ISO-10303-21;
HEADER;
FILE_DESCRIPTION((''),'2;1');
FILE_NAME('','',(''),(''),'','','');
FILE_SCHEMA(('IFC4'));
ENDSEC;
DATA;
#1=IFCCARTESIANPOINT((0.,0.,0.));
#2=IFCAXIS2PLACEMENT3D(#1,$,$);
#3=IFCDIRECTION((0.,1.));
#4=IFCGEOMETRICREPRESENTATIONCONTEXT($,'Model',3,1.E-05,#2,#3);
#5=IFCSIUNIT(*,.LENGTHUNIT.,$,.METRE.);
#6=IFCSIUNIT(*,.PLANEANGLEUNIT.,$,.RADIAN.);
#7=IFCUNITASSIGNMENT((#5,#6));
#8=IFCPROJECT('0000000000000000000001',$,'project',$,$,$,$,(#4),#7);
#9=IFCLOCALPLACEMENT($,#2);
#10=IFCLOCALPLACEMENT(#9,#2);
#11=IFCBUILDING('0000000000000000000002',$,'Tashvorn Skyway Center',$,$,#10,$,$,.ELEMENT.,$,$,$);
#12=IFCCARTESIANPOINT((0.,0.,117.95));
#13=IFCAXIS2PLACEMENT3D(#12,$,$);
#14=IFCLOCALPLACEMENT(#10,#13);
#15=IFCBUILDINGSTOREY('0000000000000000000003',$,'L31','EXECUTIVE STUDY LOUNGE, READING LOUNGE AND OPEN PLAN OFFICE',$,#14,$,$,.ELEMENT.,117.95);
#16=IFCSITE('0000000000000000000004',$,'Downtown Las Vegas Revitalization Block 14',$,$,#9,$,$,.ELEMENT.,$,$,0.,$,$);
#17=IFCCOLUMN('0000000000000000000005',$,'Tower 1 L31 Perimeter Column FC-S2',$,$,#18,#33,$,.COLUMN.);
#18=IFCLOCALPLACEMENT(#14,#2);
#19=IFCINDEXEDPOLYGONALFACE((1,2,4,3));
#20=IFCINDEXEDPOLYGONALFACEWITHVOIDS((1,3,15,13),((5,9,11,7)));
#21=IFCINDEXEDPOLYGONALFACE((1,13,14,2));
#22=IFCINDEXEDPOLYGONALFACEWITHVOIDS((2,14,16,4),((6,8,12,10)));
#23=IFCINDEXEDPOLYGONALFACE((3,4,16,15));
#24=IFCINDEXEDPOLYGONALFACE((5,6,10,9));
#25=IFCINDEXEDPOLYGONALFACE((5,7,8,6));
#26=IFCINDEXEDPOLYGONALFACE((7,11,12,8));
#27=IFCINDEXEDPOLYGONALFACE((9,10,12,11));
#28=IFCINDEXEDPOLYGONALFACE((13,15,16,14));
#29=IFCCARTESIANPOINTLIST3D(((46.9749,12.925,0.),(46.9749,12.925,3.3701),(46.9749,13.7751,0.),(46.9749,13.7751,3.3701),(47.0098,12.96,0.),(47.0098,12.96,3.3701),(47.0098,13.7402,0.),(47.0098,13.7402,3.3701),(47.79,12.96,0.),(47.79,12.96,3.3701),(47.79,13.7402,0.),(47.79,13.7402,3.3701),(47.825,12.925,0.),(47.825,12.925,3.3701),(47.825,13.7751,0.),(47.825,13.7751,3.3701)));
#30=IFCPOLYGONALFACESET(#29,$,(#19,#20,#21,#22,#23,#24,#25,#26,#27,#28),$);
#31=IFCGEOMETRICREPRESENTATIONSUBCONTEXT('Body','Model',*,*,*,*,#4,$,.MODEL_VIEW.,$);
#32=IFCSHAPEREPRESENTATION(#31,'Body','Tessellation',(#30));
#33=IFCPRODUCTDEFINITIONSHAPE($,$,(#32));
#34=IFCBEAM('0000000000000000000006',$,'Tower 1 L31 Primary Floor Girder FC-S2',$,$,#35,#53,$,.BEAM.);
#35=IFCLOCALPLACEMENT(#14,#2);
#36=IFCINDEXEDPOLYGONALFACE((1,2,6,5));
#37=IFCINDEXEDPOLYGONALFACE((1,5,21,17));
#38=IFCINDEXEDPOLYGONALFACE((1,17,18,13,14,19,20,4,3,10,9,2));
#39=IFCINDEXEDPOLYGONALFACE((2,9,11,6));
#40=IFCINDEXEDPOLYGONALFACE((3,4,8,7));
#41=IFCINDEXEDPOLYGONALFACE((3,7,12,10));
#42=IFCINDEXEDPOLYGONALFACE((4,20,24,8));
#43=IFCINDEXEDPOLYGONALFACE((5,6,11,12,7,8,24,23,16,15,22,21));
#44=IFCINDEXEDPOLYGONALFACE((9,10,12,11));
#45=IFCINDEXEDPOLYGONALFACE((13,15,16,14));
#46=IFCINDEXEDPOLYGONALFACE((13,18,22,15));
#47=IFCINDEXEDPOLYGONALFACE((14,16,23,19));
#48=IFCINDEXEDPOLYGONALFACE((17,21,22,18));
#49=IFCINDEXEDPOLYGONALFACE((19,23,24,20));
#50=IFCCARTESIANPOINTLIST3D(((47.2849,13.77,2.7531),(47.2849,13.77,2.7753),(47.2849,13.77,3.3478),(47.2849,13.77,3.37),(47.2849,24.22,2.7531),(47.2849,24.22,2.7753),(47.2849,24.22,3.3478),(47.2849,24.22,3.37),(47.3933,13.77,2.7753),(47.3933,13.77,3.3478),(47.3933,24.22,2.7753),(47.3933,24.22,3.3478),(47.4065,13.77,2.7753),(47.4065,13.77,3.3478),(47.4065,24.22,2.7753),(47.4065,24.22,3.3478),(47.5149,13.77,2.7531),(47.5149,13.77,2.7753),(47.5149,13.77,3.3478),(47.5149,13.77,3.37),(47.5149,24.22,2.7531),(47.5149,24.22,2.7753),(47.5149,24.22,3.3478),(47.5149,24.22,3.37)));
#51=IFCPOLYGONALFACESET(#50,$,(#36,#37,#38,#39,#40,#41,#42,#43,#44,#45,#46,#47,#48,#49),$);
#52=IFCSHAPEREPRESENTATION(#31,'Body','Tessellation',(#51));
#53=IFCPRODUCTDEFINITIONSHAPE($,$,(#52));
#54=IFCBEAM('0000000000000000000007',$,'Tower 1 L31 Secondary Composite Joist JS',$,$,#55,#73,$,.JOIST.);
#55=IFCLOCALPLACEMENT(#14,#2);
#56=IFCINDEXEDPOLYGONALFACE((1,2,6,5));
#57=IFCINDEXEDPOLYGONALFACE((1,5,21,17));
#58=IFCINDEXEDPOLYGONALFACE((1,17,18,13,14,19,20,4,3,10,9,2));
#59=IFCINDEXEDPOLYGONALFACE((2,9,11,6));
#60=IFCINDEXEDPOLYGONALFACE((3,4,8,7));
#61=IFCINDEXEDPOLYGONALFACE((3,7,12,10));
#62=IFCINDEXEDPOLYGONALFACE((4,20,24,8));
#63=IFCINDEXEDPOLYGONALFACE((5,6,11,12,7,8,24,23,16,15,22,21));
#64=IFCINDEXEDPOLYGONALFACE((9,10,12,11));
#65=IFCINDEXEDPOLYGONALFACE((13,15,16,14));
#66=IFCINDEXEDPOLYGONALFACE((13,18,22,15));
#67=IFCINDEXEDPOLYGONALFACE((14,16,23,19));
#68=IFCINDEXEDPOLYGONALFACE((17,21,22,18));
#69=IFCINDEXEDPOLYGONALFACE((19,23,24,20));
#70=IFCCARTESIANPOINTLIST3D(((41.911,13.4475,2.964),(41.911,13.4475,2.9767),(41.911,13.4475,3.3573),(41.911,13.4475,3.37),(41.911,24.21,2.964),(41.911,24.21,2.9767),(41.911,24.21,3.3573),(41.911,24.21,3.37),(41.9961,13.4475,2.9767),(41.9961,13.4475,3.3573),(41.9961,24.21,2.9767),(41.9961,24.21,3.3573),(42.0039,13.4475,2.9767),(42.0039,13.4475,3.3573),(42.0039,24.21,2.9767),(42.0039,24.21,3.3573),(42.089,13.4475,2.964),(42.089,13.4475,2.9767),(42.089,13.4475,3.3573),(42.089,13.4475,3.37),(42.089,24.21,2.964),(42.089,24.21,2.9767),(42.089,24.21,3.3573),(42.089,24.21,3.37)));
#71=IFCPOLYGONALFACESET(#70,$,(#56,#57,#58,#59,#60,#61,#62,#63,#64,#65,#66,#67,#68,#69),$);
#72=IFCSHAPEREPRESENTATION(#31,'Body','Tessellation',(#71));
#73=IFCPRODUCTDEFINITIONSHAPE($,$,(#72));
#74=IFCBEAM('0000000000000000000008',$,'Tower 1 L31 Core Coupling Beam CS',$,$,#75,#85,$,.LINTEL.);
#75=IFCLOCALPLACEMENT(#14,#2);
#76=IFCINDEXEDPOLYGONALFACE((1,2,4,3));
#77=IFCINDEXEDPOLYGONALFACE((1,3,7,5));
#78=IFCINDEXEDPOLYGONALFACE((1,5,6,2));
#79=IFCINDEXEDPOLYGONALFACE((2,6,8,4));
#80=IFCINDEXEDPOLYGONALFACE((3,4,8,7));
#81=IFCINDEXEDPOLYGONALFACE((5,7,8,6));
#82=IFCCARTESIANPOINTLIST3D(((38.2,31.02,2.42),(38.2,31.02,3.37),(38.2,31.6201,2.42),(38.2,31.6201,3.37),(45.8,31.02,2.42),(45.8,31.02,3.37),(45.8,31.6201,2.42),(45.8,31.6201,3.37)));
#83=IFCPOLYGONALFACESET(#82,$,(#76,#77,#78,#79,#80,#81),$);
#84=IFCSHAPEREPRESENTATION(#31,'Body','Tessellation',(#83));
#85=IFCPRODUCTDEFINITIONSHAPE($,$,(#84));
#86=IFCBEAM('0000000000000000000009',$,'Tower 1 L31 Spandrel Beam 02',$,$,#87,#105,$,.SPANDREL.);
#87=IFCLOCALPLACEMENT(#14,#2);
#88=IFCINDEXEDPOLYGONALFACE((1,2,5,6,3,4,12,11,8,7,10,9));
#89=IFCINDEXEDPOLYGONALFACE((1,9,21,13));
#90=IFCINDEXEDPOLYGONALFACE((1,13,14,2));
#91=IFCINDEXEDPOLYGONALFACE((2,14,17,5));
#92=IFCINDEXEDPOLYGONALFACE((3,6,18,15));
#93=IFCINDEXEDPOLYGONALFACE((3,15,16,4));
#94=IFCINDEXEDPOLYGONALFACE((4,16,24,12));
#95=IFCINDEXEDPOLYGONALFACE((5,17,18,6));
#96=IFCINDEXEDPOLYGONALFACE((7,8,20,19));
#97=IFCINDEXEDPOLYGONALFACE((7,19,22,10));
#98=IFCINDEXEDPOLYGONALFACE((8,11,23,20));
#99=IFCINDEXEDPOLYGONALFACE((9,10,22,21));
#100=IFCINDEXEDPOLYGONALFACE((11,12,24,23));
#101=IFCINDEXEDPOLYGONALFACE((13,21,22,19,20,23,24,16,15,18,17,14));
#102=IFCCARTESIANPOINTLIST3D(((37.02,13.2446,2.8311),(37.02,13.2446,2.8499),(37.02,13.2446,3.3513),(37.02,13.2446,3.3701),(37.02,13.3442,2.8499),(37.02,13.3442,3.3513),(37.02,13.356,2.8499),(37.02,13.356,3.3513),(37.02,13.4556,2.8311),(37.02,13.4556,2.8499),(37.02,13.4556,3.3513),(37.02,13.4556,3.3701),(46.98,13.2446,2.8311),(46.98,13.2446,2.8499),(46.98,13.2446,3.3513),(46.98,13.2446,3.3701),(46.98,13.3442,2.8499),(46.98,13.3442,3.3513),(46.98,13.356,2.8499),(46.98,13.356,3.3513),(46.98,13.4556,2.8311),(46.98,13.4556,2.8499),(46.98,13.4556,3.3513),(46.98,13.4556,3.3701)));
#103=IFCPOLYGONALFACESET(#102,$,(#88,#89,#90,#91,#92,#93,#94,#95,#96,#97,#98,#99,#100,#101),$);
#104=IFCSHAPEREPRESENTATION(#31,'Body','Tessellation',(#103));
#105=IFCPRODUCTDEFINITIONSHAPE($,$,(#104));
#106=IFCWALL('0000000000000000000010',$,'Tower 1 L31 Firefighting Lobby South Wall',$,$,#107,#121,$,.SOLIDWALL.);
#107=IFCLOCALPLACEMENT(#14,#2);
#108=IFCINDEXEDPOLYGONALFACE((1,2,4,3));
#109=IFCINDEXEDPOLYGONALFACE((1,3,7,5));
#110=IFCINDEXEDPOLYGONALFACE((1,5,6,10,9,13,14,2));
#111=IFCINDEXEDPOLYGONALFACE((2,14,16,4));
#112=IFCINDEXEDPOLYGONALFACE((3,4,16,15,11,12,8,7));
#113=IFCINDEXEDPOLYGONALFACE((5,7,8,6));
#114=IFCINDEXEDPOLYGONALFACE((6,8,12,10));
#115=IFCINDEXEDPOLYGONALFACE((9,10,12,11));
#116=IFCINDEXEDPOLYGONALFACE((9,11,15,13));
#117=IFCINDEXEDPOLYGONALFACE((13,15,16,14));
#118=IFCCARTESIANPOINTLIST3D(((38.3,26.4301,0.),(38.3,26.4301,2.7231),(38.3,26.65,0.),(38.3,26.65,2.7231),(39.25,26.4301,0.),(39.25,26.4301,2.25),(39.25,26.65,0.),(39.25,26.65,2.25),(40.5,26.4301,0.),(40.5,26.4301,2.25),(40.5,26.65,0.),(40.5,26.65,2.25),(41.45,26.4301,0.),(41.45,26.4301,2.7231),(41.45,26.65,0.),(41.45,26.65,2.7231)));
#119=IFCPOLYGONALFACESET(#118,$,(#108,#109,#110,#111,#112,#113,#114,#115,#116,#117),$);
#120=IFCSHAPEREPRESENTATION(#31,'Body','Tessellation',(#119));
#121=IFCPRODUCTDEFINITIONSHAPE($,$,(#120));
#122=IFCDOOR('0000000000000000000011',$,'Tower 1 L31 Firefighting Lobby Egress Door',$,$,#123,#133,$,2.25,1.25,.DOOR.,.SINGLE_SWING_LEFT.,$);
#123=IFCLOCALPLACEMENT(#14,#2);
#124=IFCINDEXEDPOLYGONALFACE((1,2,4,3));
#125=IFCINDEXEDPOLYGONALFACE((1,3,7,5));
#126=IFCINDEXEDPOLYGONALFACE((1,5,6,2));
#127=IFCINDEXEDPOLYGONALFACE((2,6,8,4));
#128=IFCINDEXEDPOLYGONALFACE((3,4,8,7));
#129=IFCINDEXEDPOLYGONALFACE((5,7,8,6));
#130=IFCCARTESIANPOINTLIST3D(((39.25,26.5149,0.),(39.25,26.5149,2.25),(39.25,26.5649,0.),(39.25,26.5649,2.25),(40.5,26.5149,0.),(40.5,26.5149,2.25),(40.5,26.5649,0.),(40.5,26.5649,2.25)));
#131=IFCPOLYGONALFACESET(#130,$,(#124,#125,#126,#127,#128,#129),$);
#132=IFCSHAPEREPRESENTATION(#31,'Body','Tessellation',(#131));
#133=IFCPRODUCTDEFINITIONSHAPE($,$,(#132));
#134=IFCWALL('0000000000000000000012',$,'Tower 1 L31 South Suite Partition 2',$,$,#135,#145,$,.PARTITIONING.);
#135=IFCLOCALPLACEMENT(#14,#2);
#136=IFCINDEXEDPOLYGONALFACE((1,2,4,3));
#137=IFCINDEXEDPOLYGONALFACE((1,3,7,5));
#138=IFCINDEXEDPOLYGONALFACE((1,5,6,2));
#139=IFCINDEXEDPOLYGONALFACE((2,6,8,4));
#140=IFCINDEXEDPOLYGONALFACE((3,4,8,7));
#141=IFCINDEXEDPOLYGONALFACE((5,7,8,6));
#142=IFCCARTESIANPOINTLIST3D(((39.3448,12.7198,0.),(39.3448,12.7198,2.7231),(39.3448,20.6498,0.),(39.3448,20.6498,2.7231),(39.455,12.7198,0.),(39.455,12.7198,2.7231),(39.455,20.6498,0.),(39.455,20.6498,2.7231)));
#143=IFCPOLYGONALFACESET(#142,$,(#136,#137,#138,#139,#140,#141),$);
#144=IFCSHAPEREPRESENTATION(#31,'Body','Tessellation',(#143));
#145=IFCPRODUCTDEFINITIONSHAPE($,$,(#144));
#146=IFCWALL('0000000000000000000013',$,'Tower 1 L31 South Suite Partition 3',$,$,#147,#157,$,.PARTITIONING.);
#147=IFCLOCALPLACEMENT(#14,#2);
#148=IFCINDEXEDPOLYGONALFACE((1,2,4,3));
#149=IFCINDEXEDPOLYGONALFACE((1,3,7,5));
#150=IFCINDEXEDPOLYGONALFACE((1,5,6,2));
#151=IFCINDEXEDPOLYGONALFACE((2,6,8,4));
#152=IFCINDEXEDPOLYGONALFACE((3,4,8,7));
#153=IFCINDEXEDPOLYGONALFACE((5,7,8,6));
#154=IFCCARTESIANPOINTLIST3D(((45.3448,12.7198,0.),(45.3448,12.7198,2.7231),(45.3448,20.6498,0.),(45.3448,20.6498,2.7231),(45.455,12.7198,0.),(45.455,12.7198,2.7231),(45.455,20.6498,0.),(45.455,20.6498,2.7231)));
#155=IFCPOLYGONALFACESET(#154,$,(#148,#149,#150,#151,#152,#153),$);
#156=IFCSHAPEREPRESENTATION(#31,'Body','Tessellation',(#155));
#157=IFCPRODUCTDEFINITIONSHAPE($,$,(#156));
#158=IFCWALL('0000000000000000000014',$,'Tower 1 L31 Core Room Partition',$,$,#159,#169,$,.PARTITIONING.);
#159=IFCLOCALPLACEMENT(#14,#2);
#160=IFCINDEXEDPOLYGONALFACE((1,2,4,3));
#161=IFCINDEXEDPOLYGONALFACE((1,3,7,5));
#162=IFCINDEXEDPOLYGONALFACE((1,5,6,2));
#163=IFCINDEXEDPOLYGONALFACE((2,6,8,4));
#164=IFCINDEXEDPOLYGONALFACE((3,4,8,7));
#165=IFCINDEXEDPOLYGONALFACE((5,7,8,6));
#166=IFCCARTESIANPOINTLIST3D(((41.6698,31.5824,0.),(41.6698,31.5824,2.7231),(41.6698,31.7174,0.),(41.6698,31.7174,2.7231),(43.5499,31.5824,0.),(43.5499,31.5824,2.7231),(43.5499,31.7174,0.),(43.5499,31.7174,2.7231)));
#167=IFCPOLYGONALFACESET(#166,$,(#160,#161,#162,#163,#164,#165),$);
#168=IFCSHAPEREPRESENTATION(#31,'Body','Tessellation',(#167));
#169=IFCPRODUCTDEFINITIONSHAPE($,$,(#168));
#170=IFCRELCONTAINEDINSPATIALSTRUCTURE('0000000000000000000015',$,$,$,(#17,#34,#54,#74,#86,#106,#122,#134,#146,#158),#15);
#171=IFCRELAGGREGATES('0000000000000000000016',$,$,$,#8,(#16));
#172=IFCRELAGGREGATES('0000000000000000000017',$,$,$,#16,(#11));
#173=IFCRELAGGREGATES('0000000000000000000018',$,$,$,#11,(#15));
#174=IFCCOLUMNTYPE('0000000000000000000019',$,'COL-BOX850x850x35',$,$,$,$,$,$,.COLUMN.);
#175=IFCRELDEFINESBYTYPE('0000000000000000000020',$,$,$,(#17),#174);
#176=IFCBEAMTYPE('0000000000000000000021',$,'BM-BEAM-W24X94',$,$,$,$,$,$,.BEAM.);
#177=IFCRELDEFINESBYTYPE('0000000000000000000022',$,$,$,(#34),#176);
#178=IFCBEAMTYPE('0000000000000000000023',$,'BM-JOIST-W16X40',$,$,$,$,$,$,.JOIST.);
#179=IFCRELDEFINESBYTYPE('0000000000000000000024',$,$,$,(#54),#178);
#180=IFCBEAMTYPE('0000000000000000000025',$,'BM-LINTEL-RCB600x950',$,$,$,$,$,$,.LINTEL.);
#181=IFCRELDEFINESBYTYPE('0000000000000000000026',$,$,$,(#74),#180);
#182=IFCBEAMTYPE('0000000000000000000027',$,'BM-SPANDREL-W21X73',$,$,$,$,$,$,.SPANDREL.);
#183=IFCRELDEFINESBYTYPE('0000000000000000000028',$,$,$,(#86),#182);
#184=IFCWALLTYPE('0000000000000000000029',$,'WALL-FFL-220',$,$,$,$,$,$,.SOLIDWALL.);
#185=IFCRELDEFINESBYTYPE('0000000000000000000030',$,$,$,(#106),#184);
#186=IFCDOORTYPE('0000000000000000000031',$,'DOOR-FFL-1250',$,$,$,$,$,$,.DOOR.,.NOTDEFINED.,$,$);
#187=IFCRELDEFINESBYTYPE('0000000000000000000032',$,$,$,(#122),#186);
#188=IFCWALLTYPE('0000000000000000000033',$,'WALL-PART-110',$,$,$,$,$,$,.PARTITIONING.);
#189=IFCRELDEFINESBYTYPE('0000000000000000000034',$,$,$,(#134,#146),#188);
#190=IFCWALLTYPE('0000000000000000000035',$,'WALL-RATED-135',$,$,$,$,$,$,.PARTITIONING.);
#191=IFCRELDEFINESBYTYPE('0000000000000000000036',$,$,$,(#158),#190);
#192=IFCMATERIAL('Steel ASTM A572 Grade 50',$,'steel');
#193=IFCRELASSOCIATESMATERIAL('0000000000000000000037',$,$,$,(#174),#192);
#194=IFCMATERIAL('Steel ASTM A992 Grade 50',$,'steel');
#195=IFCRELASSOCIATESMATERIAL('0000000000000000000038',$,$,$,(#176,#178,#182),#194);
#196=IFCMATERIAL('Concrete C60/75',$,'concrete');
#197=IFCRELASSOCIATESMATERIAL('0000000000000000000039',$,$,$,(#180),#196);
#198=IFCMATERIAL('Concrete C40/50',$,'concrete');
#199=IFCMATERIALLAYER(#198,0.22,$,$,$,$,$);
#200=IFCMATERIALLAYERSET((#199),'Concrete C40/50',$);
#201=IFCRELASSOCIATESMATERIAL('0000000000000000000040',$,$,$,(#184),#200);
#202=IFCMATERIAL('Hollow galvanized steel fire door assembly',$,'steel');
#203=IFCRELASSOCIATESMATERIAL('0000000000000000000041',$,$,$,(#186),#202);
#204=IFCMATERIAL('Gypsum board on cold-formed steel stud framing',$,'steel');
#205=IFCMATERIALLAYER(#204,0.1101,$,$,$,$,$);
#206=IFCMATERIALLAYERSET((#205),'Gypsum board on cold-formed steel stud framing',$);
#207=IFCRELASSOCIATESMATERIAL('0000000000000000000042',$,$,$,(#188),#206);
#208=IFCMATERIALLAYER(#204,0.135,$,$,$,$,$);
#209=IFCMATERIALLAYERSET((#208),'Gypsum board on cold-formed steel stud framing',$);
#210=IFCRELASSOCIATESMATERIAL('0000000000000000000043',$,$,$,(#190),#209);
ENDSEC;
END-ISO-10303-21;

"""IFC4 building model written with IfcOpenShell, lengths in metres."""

from ifc_helpers import new_model, si_unit, direction, frame, frame_2d, origin, origin_2d, place, context, subcontext, project, spatial, rectangle, hollow_rectangle, i_section, extrude, material, layer, layer_set, material_profile, profile_set, type_object, element, fill, save


model = new_model("IFC4")

# Units and contexts
model_context = context("Model", 3, precision=1e-05, world=origin(), true_north=direction((0.0, 1.0)))
body_context = subcontext(model_context, "Body", "Model", "MODEL_VIEW")
ifc_project = project(units=[si_unit("LENGTHUNIT", "METRE"), si_unit("PLANEANGLEUNIT", "RADIAN")], contexts=[model_context])

# Site, building, storey
site_placement = place(None, origin())
site = spatial("IfcSite", under=ifc_project, at=site_placement, Name="Downtown Las Vegas Revitalization Block 14", CompositionType="ELEMENT", RefElevation=0.0)
building_placement = place(site_placement, origin())
building = spatial("IfcBuilding", under=site, at=building_placement, Name="Tashvorn Skyway Center", CompositionType="ELEMENT")
storey_placement = place(building_placement, frame((0.0, 0.0, 117.95)))
storey = spatial("IfcBuildingStorey", under=building, at=storey_placement, Name="L31", Description="EXECUTIVE STUDY LOUNGE, READING LOUNGE AND OPEN PLAN OFFICE", CompositionType="ELEMENT", Elevation=117.95)

# Column
ifc_material_1 = material(Name="Steel ASTM A572 Grade 50", Category="steel")
ifc_material_profile_1 = material_profile(ifc_material_1, hollow_rectangle(XDim=0.8501, YDim=0.8501, WallThickness=0.0349, at=origin_2d()), Name="BOX850x850x35")
ifc_profile_set_1 = profile_set([ifc_material_profile_1], Name="Steel ASTM A572 Grade 50")
column_type = type_object("IfcColumnType", Name="COL-BOX850x850x35", PredefinedType="COLUMN", material=ifc_profile_set_1)
column_placement = place(storey_placement, frame((47.3999, 13.3501, 0.0), z_axis=(0.0, 0.0, 1.0), x_axis=(1.0, 0.0, 0.0)))
element("IfcColumn", 1, at=column_placement, inside=storey, type_object=column_type, Name="Tower 1 L31 Perimeter Column FC-S2", PredefinedType="COLUMN", context=body_context, shape_type="SweptSolid", body=[
    extrude(hollow_rectangle(XDim=0.8501, YDim=0.8501, WallThickness=0.0349, at=origin_2d()), origin(), (0.0, 0.0, 1.0), 3.3701),
])

# Beams
ifc_material_2 = material(Name="Steel ASTM A992 Grade 50", Category="steel")
ifc_material_profile_2 = material_profile(ifc_material_2, i_section(OverallWidth=0.23, OverallDepth=0.6169, WebThickness=0.0132, FlangeThickness=0.0222, at=origin_2d()), Name="W24X94")
ifc_profile_set_2 = profile_set([ifc_material_profile_2], Name="Steel ASTM A992 Grade 50")
beam_type_1 = type_object("IfcBeamType", Name="BM-BEAM-W24X94", PredefinedType="BEAM", material=ifc_profile_set_2)
beam_1_placement = place(storey_placement, frame((47.3999, 13.77, 3.0615), z_axis=(0.0, 1.0, 0.0), x_axis=(-1.0, 0.0, 0.0)))
element("IfcBeam", 2, at=beam_1_placement, inside=storey, type_object=beam_type_1, Name="Tower 1 L31 Primary Floor Girder FC-S2", PredefinedType="BEAM", context=body_context, shape_type="SweptSolid", body=[
    extrude(i_section(OverallWidth=0.23, OverallDepth=0.6169, WebThickness=0.0132, FlangeThickness=0.0222, at=origin_2d()), origin(), (0.0, 0.0, 1.0), 10.45),
])
ifc_material_profile_3 = material_profile(ifc_material_2, i_section(OverallWidth=0.178, OverallDepth=0.406, WebThickness=0.0078, FlangeThickness=0.0127, at=origin_2d()), Name="W16X40")
ifc_profile_set_3 = profile_set([ifc_material_profile_3], Name="Steel ASTM A992 Grade 50")
beam_type_2 = type_object("IfcBeamType", Name="BM-JOIST-W16X40", PredefinedType="JOIST", material=ifc_profile_set_3)
beam_2_placement = place(storey_placement, frame((42.0, 24.21, 3.167), z_axis=(0.0, -1.0, 0.0), x_axis=(1.0, 0.0, 0.0)))
element("IfcBeam", 3, at=beam_2_placement, inside=storey, type_object=beam_type_2, Name="Tower 1 L31 Secondary Composite Joist JS", PredefinedType="JOIST", context=body_context, shape_type="SweptSolid", body=[
    extrude(i_section(OverallWidth=0.178, OverallDepth=0.406, WebThickness=0.0078, FlangeThickness=0.0127, at=origin_2d()), origin(), (0.0, 0.0, 1.0), 10.7625),
])
ifc_material_3 = material(Name="Concrete C60/75", Category="concrete")
ifc_material_profile_4 = material_profile(ifc_material_3, rectangle(XDim=0.6001, YDim=0.95, at=origin_2d()), Name="RCB600x950")
ifc_profile_set_4 = profile_set([ifc_material_profile_4], Name="Concrete C60/75")
beam_type_3 = type_object("IfcBeamType", Name="BM-LINTEL-RCB600x950", PredefinedType="LINTEL", material=ifc_profile_set_4)
beam_3_placement = place(storey_placement, frame((38.2, 31.3201, 2.895), z_axis=(1.0, 0.0, 0.0), x_axis=(0.0, 1.0, 0.0)))
element("IfcBeam", 4, at=beam_3_placement, inside=storey, type_object=beam_type_3, Name="Tower 1 L31 Core Coupling Beam CS", PredefinedType="LINTEL", context=body_context, shape_type="SweptSolid", body=[
    extrude(rectangle(XDim=0.6001, YDim=0.95, at=origin_2d()), origin(), (0.0, 0.0, 1.0), 7.6001),
])
ifc_material_profile_5 = material_profile(ifc_material_2, i_section(OverallWidth=0.2109, OverallDepth=0.5391, WebThickness=0.0117, FlangeThickness=0.0188, at=origin_2d()), Name="W21X73")
ifc_profile_set_5 = profile_set([ifc_material_profile_5], Name="Steel ASTM A992 Grade 50")
beam_type_4 = type_object("IfcBeamType", Name="BM-SPANDREL-W21X73", PredefinedType="SPANDREL", material=ifc_profile_set_5)
beam_4_placement = place(storey_placement, frame((37.02, 13.3501, 3.1006), z_axis=(1.0, 0.0, 0.0), x_axis=(0.0, 1.0, 0.0)))
element("IfcBeam", 5, at=beam_4_placement, inside=storey, type_object=beam_type_4, Name="Tower 1 L31 Spandrel Beam 02", PredefinedType="SPANDREL", context=body_context, shape_type="SweptSolid", body=[
    extrude(i_section(OverallWidth=0.2109, OverallDepth=0.5391, WebThickness=0.0117, FlangeThickness=0.0188, at=origin_2d()), origin(), (0.0, 0.0, 1.0), 9.96),
])

# Wall, opening, door
ifc_material_4 = material(Name="Concrete C40/50", Category="concrete")
ifc_layer_1 = layer(ifc_material_4, 0.22)
ifc_layer_set_1 = layer_set([ifc_layer_1], Name="Concrete C40/50")
wall_type_1 = type_object("IfcWallType", Name="WALL-FFL-220", PredefinedType="SOLIDWALL", material=ifc_layer_set_1)
wall_1_placement = place(storey_placement, frame((38.3, 26.54, 0.0), z_axis=(0.0, 0.0, 1.0), x_axis=(1.0, 0.0, 0.0)))
wall_1 = element("IfcWall", 6, at=wall_1_placement, inside=storey, type_object=wall_type_1, Name="Tower 1 L31 Firefighting Lobby South Wall", PredefinedType="SOLIDWALL", context=body_context, shape_type="SweptSolid", body=[
    extrude(rectangle(XDim=3.1499, YDim=0.22, at=frame_2d((1.575, 0.0))), origin(), (0.0, 0.0, 1.0), 2.7231),
])
opening_1_placement = place(wall_1_placement, frame((0.95, 0.0, 0.0)))
opening_1 = element("IfcOpeningElement", 7, at=opening_1_placement, cuts=wall_1, PredefinedType="OPENING", context=body_context, shape_type="SweptSolid", body=[
    extrude(rectangle(XDim=1.25, YDim=2.25, at=frame_2d((0.625, 1.125))), frame((0.0, 0.1199, 0.0), z_axis=(0.0, -1.0, 0.0), x_axis=(1.0, 0.0, 0.0)), (0.0, 0.0, 1.0), 0.24),
])
ifc_material_5 = material(Name="Hollow galvanized steel fire door assembly", Category="steel")
door_type_1 = type_object("IfcDoorType", Name="DOOR-FFL-1250", OperationType="NOTDEFINED", PredefinedType="DOOR", material=ifc_material_5)
door_1_placement = place(opening_1_placement, origin())
door_1 = element("IfcDoor", 8, at=door_1_placement, inside=storey, type_object=door_type_1, Name="Tower 1 L31 Firefighting Lobby Egress Door", OperationType="SINGLE_SWING_LEFT", OverallHeight=2.25, OverallWidth=1.25, PredefinedType="DOOR", context=body_context, shape_type="SweptSolid", body=[
    extrude(rectangle(XDim=1.25, YDim=2.25, at=frame_2d((0.625, 1.125))), frame((0.0, 0.0249, 0.0), z_axis=(0.0, -1.0, 0.0), x_axis=(1.0, 0.0, 0.0)), (0.0, 0.0, 1.0), 0.05),
])
fill(opening_1, door_1)

# Walls
ifc_material_6 = material(Name="Gypsum board on cold-formed steel stud framing", Category="steel")
ifc_layer_2 = layer(ifc_material_6, 0.1101)
ifc_layer_set_2 = layer_set([ifc_layer_2], Name="Gypsum board on cold-formed steel stud framing")
wall_type_2 = type_object("IfcWallType", Name="WALL-PART-110", PredefinedType="PARTITIONING", material=ifc_layer_set_2)
for number, where, z_axis, x_axis, name in (
    (9, (39.3999, 12.72, 0.0), (0.0, 0.0, 1.0), (0.0, 1.0, 0.0), "Tower 1 L31 South Suite Partition 2"),
    (10, (45.3999, 12.72, 0.0), (0.0, 0.0, 1.0), (0.0, 1.0, 0.0), "Tower 1 L31 South Suite Partition 3"),
):
    element("IfcWall", number, at=place(storey_placement, frame(where, z_axis=z_axis, x_axis=x_axis)), inside=storey, type_object=wall_type_2, Name=name, PredefinedType="PARTITIONING", context=body_context, shape_type="SweptSolid", body=[
        extrude(rectangle(XDim=7.9299, YDim=0.1101, at=frame_2d((3.9648, 0.0))), origin(), (0.0, 0.0, 1.0), 2.7231),
    ])
ifc_layer_3 = layer(ifc_material_6, 0.135)
ifc_layer_set_3 = layer_set([ifc_layer_3], Name="Gypsum board on cold-formed steel stud framing")
wall_type_3 = type_object("IfcWallType", Name="WALL-RATED-135", PredefinedType="PARTITIONING", material=ifc_layer_set_3)
for number, where, z_axis, x_axis, name in (
    (11, (41.6699, 31.6499, 0.0), (0.0, 0.0, 1.0), (1.0, 0.0, 0.0), "Tower 1 L31 Core Room Partition"),
):
    element("IfcWall", number, at=place(storey_placement, frame(where, z_axis=z_axis, x_axis=x_axis)), inside=storey, type_object=wall_type_3, Name=name, PredefinedType="PARTITIONING", context=body_context, shape_type="SweptSolid", body=[
        extrude(rectangle(XDim=1.8801, YDim=0.135, at=frame_2d((0.9399, 0.0))), origin(), (0.0, 0.0, 1.0), 2.7231),
    ])

save(model, "model.ifc")
